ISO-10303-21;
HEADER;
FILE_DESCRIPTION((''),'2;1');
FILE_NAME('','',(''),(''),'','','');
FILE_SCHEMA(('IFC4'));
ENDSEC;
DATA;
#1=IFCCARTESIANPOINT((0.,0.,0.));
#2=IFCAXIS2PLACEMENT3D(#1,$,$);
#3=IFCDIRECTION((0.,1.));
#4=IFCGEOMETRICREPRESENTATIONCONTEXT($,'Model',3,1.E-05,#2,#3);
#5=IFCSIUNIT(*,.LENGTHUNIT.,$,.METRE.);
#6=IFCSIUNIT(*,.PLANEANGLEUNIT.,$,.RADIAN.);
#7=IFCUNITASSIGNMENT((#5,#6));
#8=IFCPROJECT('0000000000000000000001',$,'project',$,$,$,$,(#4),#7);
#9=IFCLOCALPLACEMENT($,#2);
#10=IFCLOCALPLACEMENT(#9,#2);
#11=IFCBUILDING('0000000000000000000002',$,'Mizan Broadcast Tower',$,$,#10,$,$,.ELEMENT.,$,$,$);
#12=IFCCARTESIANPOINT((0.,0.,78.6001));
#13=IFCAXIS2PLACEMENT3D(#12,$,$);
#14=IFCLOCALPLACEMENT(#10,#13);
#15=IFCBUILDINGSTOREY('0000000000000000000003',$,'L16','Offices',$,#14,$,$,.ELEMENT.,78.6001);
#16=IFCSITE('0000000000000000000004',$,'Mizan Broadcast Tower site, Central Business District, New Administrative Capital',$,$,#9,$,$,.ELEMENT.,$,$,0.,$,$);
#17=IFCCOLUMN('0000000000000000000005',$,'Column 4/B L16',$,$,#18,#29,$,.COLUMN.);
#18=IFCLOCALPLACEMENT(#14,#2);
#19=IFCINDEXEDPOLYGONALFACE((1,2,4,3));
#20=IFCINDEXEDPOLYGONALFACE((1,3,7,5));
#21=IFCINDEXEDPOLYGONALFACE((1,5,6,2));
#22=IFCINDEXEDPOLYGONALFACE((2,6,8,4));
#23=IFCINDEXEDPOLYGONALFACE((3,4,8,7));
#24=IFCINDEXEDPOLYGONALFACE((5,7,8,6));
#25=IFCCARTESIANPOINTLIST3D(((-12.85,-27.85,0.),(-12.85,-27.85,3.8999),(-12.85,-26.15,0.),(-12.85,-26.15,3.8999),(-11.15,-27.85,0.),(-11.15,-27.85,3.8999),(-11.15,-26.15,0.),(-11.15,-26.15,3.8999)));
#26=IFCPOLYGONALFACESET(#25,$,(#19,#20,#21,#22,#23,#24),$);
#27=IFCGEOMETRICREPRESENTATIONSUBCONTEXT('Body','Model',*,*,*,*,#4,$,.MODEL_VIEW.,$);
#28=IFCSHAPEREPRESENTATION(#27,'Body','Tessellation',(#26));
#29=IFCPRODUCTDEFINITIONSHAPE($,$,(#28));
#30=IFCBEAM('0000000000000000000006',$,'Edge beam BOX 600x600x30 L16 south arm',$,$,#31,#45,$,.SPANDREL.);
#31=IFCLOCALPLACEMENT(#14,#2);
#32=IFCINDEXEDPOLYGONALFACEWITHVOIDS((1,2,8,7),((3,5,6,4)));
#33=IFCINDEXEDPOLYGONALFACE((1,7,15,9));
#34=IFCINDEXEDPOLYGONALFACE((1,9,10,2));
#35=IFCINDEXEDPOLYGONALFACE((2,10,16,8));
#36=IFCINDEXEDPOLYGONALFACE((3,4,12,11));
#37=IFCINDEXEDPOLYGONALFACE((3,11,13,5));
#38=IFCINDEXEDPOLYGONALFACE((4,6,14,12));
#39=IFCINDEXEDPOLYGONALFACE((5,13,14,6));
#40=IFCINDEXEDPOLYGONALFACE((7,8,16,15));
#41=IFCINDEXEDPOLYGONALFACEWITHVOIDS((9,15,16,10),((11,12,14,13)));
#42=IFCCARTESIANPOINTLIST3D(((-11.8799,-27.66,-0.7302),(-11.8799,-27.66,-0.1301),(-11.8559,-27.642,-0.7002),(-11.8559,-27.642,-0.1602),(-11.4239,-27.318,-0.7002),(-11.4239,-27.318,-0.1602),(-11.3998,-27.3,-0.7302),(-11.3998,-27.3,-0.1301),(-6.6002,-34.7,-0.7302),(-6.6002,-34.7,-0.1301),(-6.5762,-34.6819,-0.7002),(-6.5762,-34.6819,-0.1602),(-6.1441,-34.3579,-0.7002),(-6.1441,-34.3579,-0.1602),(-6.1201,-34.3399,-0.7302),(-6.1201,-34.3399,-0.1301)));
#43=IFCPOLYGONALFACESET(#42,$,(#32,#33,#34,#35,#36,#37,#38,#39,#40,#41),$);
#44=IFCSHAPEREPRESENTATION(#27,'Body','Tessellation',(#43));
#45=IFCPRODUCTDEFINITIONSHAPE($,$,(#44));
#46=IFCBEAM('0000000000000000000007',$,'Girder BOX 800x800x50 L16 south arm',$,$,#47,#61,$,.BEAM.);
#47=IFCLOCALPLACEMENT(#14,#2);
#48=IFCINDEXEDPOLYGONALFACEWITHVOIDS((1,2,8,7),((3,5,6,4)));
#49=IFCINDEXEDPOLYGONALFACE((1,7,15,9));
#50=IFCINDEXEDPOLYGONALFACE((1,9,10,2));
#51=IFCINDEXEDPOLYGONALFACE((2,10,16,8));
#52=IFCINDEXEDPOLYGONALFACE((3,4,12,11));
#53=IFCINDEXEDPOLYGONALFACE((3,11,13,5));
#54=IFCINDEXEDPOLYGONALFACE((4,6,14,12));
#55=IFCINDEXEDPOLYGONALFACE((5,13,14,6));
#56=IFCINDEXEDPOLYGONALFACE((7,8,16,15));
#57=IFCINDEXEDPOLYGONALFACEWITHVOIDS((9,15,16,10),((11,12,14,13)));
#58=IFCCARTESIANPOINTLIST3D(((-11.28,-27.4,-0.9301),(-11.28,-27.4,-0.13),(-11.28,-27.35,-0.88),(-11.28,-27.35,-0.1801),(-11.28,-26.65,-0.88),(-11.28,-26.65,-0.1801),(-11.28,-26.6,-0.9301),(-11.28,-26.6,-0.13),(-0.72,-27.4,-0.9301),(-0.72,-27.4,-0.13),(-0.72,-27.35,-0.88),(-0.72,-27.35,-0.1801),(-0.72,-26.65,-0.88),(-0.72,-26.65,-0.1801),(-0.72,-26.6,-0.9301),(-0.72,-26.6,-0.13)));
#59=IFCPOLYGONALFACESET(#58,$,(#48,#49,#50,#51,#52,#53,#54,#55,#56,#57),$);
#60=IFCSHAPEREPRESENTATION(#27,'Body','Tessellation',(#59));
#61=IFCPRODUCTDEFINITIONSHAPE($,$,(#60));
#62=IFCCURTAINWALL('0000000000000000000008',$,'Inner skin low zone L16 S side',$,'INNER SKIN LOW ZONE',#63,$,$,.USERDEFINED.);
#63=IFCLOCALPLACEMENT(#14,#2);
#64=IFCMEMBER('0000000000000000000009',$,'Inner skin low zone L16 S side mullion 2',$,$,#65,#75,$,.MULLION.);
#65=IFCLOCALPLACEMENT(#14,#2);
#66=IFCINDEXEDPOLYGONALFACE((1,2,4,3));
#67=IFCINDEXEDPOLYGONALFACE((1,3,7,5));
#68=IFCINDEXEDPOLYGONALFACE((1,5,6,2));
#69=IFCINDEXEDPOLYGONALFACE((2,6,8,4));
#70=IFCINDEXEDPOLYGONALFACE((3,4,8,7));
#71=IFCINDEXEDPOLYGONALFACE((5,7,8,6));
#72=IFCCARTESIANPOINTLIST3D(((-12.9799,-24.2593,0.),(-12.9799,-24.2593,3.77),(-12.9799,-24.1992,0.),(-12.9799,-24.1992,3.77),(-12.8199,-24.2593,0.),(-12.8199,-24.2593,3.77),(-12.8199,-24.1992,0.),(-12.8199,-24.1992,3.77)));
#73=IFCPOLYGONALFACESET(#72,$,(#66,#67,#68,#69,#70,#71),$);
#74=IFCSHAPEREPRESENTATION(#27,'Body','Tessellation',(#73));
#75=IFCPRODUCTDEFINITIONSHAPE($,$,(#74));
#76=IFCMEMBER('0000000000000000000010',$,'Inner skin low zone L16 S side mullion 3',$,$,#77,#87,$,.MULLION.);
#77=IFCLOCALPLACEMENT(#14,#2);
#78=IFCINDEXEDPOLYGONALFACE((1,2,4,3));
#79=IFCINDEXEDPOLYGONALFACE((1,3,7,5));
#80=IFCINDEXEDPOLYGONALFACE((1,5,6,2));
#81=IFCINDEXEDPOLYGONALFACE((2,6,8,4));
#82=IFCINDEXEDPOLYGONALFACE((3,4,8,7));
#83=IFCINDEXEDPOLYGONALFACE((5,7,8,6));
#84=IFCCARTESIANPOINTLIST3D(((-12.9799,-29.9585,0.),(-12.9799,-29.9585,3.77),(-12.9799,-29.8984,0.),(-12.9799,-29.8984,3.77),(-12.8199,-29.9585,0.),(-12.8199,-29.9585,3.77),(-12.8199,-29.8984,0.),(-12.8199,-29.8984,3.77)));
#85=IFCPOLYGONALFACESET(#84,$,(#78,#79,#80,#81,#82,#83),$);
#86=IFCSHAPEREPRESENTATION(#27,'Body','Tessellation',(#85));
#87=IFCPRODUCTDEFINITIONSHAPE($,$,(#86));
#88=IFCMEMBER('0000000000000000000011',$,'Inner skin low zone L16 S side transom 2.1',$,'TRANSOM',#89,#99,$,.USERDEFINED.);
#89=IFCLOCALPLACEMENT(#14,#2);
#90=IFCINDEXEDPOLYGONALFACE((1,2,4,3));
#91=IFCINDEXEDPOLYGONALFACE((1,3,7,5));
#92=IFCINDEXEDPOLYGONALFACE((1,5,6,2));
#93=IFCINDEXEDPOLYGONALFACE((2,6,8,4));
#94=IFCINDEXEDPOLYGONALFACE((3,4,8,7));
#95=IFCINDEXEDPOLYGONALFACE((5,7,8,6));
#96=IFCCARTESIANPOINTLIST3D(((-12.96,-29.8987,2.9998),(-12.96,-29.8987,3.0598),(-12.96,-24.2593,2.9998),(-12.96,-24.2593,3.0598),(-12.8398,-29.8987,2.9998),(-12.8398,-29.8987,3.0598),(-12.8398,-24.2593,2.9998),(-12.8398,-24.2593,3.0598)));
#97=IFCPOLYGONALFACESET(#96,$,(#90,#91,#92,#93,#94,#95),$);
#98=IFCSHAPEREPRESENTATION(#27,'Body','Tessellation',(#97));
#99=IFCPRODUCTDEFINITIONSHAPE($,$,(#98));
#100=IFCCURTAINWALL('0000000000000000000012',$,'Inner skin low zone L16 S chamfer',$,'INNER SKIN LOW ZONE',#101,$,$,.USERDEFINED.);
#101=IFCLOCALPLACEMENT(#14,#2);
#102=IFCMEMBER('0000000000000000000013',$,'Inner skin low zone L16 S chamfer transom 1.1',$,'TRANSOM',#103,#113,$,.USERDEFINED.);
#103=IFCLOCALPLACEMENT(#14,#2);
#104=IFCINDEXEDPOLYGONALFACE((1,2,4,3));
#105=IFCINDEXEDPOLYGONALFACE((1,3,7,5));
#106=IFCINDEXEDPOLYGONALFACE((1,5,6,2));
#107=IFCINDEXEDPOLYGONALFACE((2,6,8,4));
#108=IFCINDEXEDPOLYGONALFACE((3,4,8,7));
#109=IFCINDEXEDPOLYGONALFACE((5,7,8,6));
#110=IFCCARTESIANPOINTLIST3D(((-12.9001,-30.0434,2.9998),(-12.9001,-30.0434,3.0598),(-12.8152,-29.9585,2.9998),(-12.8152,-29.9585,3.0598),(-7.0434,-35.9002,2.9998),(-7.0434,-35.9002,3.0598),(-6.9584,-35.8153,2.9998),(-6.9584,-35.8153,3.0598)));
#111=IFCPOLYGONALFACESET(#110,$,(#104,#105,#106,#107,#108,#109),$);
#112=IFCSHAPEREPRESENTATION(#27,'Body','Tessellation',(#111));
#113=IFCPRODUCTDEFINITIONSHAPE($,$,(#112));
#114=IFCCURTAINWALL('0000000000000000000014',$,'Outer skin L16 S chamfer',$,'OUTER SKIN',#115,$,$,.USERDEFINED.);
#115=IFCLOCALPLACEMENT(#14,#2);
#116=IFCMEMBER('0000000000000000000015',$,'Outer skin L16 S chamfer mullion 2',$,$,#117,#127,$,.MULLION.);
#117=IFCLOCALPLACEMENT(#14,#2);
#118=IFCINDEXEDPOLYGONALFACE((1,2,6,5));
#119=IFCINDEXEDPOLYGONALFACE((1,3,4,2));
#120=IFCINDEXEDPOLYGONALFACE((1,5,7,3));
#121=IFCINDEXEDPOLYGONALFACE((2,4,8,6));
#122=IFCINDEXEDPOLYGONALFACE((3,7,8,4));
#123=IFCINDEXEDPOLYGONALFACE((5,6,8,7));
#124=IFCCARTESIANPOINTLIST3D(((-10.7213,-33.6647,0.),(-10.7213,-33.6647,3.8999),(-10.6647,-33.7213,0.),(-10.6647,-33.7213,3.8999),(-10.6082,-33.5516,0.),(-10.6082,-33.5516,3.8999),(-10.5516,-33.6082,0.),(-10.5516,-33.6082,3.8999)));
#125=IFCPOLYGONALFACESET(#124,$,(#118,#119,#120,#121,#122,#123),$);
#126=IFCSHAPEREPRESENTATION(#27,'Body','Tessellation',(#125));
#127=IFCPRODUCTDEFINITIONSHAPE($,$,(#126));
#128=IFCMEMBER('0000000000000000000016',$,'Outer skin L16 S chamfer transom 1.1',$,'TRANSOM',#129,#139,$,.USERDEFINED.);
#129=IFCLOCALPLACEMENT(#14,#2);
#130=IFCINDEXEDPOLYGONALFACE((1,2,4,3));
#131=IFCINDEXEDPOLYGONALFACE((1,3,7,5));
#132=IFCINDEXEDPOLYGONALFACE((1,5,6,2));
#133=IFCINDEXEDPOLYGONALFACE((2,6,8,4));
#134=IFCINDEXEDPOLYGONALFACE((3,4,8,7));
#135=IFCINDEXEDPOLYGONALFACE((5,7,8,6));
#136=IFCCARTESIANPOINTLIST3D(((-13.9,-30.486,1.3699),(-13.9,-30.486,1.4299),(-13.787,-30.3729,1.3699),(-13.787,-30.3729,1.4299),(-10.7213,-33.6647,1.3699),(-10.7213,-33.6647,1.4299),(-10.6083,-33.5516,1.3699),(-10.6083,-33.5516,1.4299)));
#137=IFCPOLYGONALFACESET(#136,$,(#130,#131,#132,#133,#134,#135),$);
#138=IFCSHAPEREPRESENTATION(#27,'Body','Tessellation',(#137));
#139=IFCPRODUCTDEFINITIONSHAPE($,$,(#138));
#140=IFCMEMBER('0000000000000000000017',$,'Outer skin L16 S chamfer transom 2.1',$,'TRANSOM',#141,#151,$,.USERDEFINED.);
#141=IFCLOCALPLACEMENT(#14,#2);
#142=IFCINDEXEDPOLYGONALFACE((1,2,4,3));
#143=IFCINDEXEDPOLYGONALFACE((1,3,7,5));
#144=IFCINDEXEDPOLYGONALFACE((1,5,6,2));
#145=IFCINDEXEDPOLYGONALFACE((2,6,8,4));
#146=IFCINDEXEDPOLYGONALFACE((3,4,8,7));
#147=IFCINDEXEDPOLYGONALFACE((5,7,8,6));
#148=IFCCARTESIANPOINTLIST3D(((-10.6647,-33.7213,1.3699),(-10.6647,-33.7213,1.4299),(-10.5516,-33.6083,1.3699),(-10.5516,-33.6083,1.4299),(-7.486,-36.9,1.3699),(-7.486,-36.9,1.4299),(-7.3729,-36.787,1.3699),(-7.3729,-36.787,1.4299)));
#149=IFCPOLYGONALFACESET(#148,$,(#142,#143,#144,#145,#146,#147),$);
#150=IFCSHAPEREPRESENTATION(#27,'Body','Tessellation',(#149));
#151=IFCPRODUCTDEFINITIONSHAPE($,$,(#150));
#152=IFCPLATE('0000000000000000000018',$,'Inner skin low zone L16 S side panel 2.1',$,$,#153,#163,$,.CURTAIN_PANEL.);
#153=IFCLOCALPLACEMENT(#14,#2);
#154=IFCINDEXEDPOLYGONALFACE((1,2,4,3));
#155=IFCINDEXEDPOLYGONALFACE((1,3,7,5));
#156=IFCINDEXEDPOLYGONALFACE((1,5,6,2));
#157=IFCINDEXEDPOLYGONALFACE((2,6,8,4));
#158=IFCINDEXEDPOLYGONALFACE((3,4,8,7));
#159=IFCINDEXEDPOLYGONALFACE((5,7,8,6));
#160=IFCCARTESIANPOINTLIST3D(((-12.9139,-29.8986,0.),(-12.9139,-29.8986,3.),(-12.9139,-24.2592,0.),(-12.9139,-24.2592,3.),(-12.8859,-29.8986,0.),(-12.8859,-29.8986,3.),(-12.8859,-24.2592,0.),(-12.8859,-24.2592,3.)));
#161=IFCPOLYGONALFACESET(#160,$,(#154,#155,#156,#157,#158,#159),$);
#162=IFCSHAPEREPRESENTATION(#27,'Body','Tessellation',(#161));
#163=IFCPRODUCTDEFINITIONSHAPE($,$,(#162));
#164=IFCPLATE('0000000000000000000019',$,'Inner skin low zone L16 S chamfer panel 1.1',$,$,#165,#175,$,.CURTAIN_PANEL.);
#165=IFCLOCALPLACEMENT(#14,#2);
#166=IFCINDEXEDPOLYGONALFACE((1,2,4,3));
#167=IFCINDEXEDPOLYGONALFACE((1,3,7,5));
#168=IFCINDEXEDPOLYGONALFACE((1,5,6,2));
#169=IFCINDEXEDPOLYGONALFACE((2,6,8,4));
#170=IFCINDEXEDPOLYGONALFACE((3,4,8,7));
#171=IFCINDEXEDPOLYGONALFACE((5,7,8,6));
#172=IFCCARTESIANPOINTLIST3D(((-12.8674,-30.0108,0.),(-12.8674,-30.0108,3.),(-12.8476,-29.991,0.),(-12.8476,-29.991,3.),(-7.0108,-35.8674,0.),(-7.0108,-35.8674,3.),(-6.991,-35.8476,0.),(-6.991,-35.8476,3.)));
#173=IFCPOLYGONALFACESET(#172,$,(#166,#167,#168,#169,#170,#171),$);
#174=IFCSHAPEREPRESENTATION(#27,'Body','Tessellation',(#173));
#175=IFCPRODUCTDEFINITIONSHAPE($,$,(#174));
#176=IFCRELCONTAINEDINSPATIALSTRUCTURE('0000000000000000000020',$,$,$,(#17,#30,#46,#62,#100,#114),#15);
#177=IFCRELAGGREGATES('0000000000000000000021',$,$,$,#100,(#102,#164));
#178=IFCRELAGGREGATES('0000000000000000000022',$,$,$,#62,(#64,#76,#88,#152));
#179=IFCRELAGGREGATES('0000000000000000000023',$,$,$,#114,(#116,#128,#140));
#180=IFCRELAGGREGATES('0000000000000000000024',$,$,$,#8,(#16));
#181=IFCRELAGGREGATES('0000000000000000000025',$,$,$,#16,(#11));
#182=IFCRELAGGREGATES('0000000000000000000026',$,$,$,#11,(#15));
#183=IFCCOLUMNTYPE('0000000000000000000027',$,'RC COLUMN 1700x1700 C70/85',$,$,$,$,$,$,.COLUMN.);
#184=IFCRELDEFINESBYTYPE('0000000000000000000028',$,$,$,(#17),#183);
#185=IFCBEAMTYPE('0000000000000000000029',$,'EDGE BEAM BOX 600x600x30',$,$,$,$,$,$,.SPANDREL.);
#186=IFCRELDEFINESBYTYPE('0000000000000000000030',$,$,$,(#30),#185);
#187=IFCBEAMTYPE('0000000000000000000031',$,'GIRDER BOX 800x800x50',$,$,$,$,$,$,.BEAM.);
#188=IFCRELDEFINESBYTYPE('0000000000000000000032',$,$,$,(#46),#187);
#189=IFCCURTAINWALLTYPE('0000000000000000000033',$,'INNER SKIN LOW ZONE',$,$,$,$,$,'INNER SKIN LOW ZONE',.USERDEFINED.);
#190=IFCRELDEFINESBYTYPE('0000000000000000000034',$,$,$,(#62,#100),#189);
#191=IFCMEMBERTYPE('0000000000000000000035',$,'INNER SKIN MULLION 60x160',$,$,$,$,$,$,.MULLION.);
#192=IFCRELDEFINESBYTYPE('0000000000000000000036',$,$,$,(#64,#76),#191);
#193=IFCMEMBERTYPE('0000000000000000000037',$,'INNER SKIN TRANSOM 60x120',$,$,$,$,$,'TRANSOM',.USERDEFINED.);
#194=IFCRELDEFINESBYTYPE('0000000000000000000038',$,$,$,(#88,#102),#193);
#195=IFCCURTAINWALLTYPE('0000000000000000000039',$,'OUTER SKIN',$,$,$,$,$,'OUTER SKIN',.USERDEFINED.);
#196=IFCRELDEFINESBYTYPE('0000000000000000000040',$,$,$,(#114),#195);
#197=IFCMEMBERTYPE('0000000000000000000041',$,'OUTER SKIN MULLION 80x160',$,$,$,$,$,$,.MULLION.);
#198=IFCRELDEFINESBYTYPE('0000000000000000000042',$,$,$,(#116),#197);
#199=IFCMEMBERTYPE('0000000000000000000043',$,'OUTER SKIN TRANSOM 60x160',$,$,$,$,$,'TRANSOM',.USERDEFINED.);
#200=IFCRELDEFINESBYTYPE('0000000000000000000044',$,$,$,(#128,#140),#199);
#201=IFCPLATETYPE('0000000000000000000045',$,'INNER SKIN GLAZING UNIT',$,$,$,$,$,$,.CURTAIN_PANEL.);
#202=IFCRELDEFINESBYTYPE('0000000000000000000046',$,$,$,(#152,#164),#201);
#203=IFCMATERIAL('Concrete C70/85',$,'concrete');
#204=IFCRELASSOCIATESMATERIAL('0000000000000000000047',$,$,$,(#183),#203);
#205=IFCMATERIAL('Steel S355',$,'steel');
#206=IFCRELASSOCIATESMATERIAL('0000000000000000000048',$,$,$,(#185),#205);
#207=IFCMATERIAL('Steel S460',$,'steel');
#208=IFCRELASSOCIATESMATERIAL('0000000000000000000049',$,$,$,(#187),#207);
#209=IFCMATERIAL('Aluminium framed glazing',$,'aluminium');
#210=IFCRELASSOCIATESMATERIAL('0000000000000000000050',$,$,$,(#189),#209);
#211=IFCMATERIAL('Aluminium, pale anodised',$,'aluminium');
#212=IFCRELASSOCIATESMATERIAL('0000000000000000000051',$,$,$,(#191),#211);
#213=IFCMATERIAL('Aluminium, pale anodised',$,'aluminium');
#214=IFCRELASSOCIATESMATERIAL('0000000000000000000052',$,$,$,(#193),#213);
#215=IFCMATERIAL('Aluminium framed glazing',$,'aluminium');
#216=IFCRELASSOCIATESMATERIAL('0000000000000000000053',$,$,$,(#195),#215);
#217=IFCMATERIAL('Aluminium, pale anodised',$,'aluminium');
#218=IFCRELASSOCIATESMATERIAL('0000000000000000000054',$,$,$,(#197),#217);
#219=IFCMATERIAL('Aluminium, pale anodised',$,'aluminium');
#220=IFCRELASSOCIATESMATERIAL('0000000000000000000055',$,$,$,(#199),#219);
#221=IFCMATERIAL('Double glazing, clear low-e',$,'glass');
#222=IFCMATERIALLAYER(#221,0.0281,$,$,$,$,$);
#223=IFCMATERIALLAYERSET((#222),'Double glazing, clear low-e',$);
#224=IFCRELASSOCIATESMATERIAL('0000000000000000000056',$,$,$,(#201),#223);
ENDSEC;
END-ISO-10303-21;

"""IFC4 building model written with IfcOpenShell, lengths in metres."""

from ifc_helpers import new_model, si_unit, direction, frame, origin, origin_2d, place, context, subcontext, project, spatial, rectangle, hollow_rectangle, extrude, material, layer, layer_set, material_profile, profile_set, type_object, element, aggregate, save


model = new_model("IFC4")

# Units and contexts
model_context = context("Model", 3, precision=1e-05, world=origin(), true_north=direction((0.0, 1.0)))
body_context = subcontext(model_context, "Body", "Model", "MODEL_VIEW")
ifc_project = project(units=[si_unit("LENGTHUNIT", "METRE"), si_unit("PLANEANGLEUNIT", "RADIAN")], contexts=[model_context])

# Site, building, storey
site_placement = place(None, origin())
site = spatial("IfcSite", under=ifc_project, at=site_placement, Name="Mizan Broadcast Tower site, Central Business District, New Administrative Capital", CompositionType="ELEMENT", RefElevation=0.0)
building_placement = place(site_placement, origin())
building = spatial("IfcBuilding", under=site, at=building_placement, Name="Mizan Broadcast Tower", CompositionType="ELEMENT")
storey_placement = place(building_placement, frame((0.0, 0.0, 78.6001)))
storey = spatial("IfcBuildingStorey", under=building, at=storey_placement, Name="L16", Description="Offices", CompositionType="ELEMENT", Elevation=78.6001)

# Column
ifc_material_1 = material(Name="Concrete C70/85", Category="concrete")
ifc_material_profile_1 = material_profile(ifc_material_1, rectangle(XDim=1.7, YDim=1.7, at=origin_2d()), Name="RC 1700x1700")
ifc_profile_set_1 = profile_set([ifc_material_profile_1], Name="Concrete C70/85")
column_type = type_object("IfcColumnType", Name="RC COLUMN 1700x1700 C70/85", PredefinedType="COLUMN", material=ifc_profile_set_1)
column_placement = place(storey_placement, frame((-12.0, -27.0, 0.0), z_axis=(0.0, 0.0, 1.0), x_axis=(1.0, 0.0, 0.0)))
element("IfcColumn", 1, at=column_placement, inside=storey, type_object=column_type, Name="Column 4/B L16", PredefinedType="COLUMN", context=body_context, shape_type="SweptSolid", body=[
    extrude(rectangle(XDim=1.7, YDim=1.7, at=origin_2d()), origin(), (0.0, 0.0, 1.0), 3.8999),
])

# Beams
ifc_material_2 = material(Name="Steel S355", Category="steel")
ifc_material_profile_2 = material_profile(ifc_material_2, hollow_rectangle(XDim=0.6001, YDim=0.6001, WallThickness=0.03, at=origin_2d()), Name="BOX 600x600x30")
ifc_profile_set_2 = profile_set([ifc_material_profile_2], Name="Steel S355")
beam_type_1 = type_object("IfcBeamType", Name="EDGE BEAM BOX 600x600x30", PredefinedType="SPANDREL", material=ifc_profile_set_2)
beam_1_placement = place(storey_placement, frame((-11.6399, -27.48, -0.4302), z_axis=(0.599982, -0.800013, 0.0), x_axis=(0.800013, 0.599982, 0.0)))
element("IfcBeam", 2, at=beam_1_placement, inside=storey, type_object=beam_type_1, Name="Edge beam BOX 600x600x30 L16 south arm", PredefinedType="SPANDREL", context=body_context, shape_type="SweptSolid", body=[
    extrude(hollow_rectangle(XDim=0.6001, YDim=0.6001, WallThickness=0.03, at=origin_2d()), origin(), (0.0, 0.0, 1.0), 8.7998),
])
ifc_material_3 = material(Name="Steel S460", Category="steel")
ifc_material_profile_3 = material_profile(ifc_material_3, hollow_rectangle(XDim=0.8, YDim=0.8, WallThickness=0.05, at=origin_2d()), Name="BOX 800x800x50")
ifc_profile_set_3 = profile_set([ifc_material_profile_3], Name="Steel S460")
beam_type_2 = type_object("IfcBeamType", Name="GIRDER BOX 800x800x50", PredefinedType="BEAM", material=ifc_profile_set_3)
beam_2_placement = place(storey_placement, frame((-11.28, -27.0, -0.53), z_axis=(1.0, 0.0, 0.0), x_axis=(0.0, 1.0, 0.0)))
element("IfcBeam", 3, at=beam_2_placement, inside=storey, type_object=beam_type_2, Name="Girder BOX 800x800x50 L16 south arm", PredefinedType="BEAM", context=body_context, shape_type="SweptSolid", body=[
    extrude(hollow_rectangle(XDim=0.8, YDim=0.8, WallThickness=0.05, at=origin_2d()), origin(), (0.0, 0.0, 1.0), 10.5601),
])

# Curtain wall, members
ifc_material_4 = material(Name="Aluminium framed glazing", Category="aluminium")
curtain_wall_type_1 = type_object("IfcCurtainWallType", Name="INNER SKIN LOW ZONE", ElementType="INNER SKIN LOW ZONE", PredefinedType="USERDEFINED", material=ifc_material_4)
curtain_wall_1_placement = place(storey_placement, origin())
curtain_wall_1 = element("IfcCurtainWall", 4, at=curtain_wall_1_placement, inside=storey, type_object=curtain_wall_type_1, Name="Inner skin low zone L16 S side", ObjectType="INNER SKIN LOW ZONE", PredefinedType="USERDEFINED")
ifc_material_5 = material(Name="Aluminium, pale anodised", Category="aluminium")
ifc_material_profile_4 = material_profile(ifc_material_5, rectangle(XDim=0.1599, YDim=0.0601, at=origin_2d()), Name="MULLION 160x60")
ifc_profile_set_4 = profile_set([ifc_material_profile_4], Name="Aluminium, pale anodised")
member_type_1 = type_object("IfcMemberType", Name="INNER SKIN MULLION 60x160", PredefinedType="MULLION", material=ifc_profile_set_4)
member_1_placement = place(storey_placement, frame((-12.8999, -24.2292, 0.0), z_axis=(0.0, 0.0, 1.0), x_axis=(1.0, 0.0, 0.0)))
member_1 = element("IfcMember", 5, at=member_1_placement, type_object=member_type_1, Name="Inner skin low zone L16 S side mullion 2", PredefinedType="MULLION", context=body_context, shape_type="SweptSolid", body=[
    extrude(rectangle(XDim=0.1599, YDim=0.0601, at=origin_2d()), origin(), (0.0, 0.0, 1.0), 3.77),
])
member_2_placement = place(storey_placement, frame((-12.8999, -29.9285, 0.0), z_axis=(0.0, 0.0, 1.0), x_axis=(1.0, 0.0, 0.0)))
member_2 = element("IfcMember", 6, at=member_2_placement, type_object=member_type_1, Name="Inner skin low zone L16 S side mullion 3", PredefinedType="MULLION", context=body_context, shape_type="SweptSolid", body=[
    extrude(rectangle(XDim=0.1599, YDim=0.0601, at=origin_2d()), origin(), (0.0, 0.0, 1.0), 3.77),
])
ifc_material_6 = material(Name="Aluminium, pale anodised", Category="aluminium")
ifc_material_profile_5 = material_profile(ifc_material_6, rectangle(XDim=0.1201, YDim=0.0601, at=origin_2d()), Name="TRANSOM 120x60")
ifc_profile_set_5 = profile_set([ifc_material_profile_5], Name="Aluminium, pale anodised")
member_type_2 = type_object("IfcMemberType", Name="INNER SKIN TRANSOM 60x120", ElementType="TRANSOM", PredefinedType="USERDEFINED", material=ifc_profile_set_5)
member_3_placement = place(storey_placement, frame((-12.8999, -24.2593, 3.0298), z_axis=(0.0, -1.0, 0.0), x_axis=(1.0, 0.0, 0.0)))
member_3 = element("IfcMember", 7, at=member_3_placement, type_object=member_type_2, Name="Inner skin low zone L16 S side transom 2.1", ObjectType="TRANSOM", PredefinedType="USERDEFINED", context=body_context, shape_type="SweptSolid", body=[
    extrude(rectangle(XDim=0.1201, YDim=0.0601, at=origin_2d()), origin(), (0.0, 0.0, 1.0), 5.6394),
])

# Curtain wall, member
curtain_wall_2_placement = place(storey_placement, origin())
curtain_wall_2 = element("IfcCurtainWall", 8, at=curtain_wall_2_placement, inside=storey, type_object=curtain_wall_type_1, Name="Inner skin low zone L16 S chamfer", ObjectType="INNER SKIN LOW ZONE", PredefinedType="USERDEFINED")
member_4_placement = place(storey_placement, frame((-12.8577, -30.001, 3.0298), z_axis=(0.707107, -0.707107, 0.0), x_axis=(0.707107, 0.707107, 0.0)))
member_4 = element("IfcMember", 9, at=member_4_placement, type_object=member_type_2, Name="Inner skin low zone L16 S chamfer transom 1.1", ObjectType="TRANSOM", PredefinedType="USERDEFINED", context=body_context, shape_type="SweptSolid", body=[
    extrude(rectangle(XDim=0.1201, YDim=0.0601, at=origin_2d()), origin(), (0.0, 0.0, 1.0), 8.2827),
])

# Curtain wall, members
ifc_material_7 = material(Name="Aluminium framed glazing", Category="aluminium")
curtain_wall_type_2 = type_object("IfcCurtainWallType", Name="OUTER SKIN", ElementType="OUTER SKIN", PredefinedType="USERDEFINED", material=ifc_material_7)
curtain_wall_3_placement = place(storey_placement, origin())
curtain_wall_3 = element("IfcCurtainWall", 10, at=curtain_wall_3_placement, inside=storey, type_object=curtain_wall_type_2, Name="Outer skin L16 S chamfer", ObjectType="OUTER SKIN", PredefinedType="USERDEFINED")
ifc_material_8 = material(Name="Aluminium, pale anodised", Category="aluminium")
ifc_material_profile_6 = material_profile(ifc_material_8, rectangle(XDim=0.1599, YDim=0.0801, at=origin_2d()), Name="MULLION 160x80")
ifc_profile_set_6 = profile_set([ifc_material_profile_6], Name="Aluminium, pale anodised")
member_type_3 = type_object("IfcMemberType", Name="OUTER SKIN MULLION 80x160", PredefinedType="MULLION", material=ifc_profile_set_6)
member_5_placement = place(storey_placement, frame((-10.6365, -33.6365, 0.0), z_axis=(0.0, 0.0, 1.0), x_axis=(0.707107, 0.707107, 0.0)))
member_5 = element("IfcMember", 11, at=member_5_placement, type_object=member_type_3, Name="Outer skin L16 S chamfer mullion 2", PredefinedType="MULLION", context=body_context, shape_type="SweptSolid", body=[
    extrude(rectangle(XDim=0.1599, YDim=0.0801, at=origin_2d()), origin(), (0.0, 0.0, 1.0), 3.8999),
])
ifc_material_9 = material(Name="Aluminium, pale anodised", Category="aluminium")
ifc_material_profile_7 = material_profile(ifc_material_9, rectangle(XDim=0.1599, YDim=0.0601, at=origin_2d()), Name="TRANSOM 160x60")
ifc_profile_set_7 = profile_set([ifc_material_profile_7], Name="Aluminium, pale anodised")
member_type_4 = type_object("IfcMemberType", Name="OUTER SKIN TRANSOM 60x160", ElementType="TRANSOM", PredefinedType="USERDEFINED", material=ifc_profile_set_7)
member_6_placement = place(storey_placement, frame((-13.8435, -30.4294, 1.3999), z_axis=(0.707107, -0.707107, 0.0), x_axis=(0.707107, 0.707107, 0.0)))
member_6 = element("IfcMember", 12, at=member_6_placement, type_object=member_type_4, Name="Outer skin L16 S chamfer transom 1.1", ObjectType="TRANSOM", PredefinedType="USERDEFINED", context=body_context, shape_type="SweptSolid", body=[
    extrude(rectangle(XDim=0.1599, YDim=0.0601, at=origin_2d()), origin(), (0.0, 0.0, 1.0), 4.4954),
])
member_7_placement = place(storey_placement, frame((-10.6082, -33.6648, 1.3999), z_axis=(0.707107, -0.707107, 0.0), x_axis=(0.707107, 0.707107, 0.0)))
member_7 = element("IfcMember", 13, at=member_7_placement, type_object=member_type_4, Name="Outer skin L16 S chamfer transom 2.1", ObjectType="TRANSOM", PredefinedType="USERDEFINED", context=body_context, shape_type="SweptSolid", body=[
    extrude(rectangle(XDim=0.1599, YDim=0.0601, at=origin_2d()), origin(), (0.0, 0.0, 1.0), 4.4954),
])

# Plates
ifc_material_10 = material(Name="Double glazing, clear low-e", Category="glass")
ifc_layer_1 = layer(ifc_material_10, 0.0281)
ifc_layer_set_1 = layer_set([ifc_layer_1], Name="Double glazing, clear low-e")
plate_type_1 = type_object("IfcPlateType", Name="INNER SKIN GLAZING UNIT", PredefinedType="CURTAIN_PANEL", material=ifc_layer_set_1)
plate_1_placement = place(storey_placement, frame((-12.8999, -27.0789, 0.0), z_axis=(0.0, 0.0, 1.0), x_axis=(0.0, -1.0, 0.0)))
plate_1 = element("IfcPlate", 14, at=plate_1_placement, type_object=plate_type_1, Name="Inner skin low zone L16 S side panel 2.1", PredefinedType="CURTAIN_PANEL", context=body_context, shape_type="SweptSolid", body=[
    extrude(rectangle(XDim=5.6394, YDim=0.0281, at=origin_2d()), origin(), (0.0, 0.0, 1.0), 3.0),
])
plate_2_placement = place(storey_placement, frame((-9.9292, -32.9292, 0.0), z_axis=(0.0, 0.0, 1.0), x_axis=(0.707107, -0.707107, 0.0)))
plate_2 = element("IfcPlate", 15, at=plate_2_placement, type_object=plate_type_1, Name="Inner skin low zone L16 S chamfer panel 1.1", PredefinedType="CURTAIN_PANEL", context=body_context, shape_type="SweptSolid", body=[
    extrude(rectangle(XDim=8.2825, YDim=0.0281, at=origin_2d()), origin(), (0.0, 0.0, 1.0), 3.0),
])
aggregate(curtain_wall_2, [member_4, plate_2])
aggregate(curtain_wall_1, [member_1, member_2, member_3, plate_1])
aggregate(curtain_wall_3, [member_5, member_6, member_7])

save(model, "model.ifc")
